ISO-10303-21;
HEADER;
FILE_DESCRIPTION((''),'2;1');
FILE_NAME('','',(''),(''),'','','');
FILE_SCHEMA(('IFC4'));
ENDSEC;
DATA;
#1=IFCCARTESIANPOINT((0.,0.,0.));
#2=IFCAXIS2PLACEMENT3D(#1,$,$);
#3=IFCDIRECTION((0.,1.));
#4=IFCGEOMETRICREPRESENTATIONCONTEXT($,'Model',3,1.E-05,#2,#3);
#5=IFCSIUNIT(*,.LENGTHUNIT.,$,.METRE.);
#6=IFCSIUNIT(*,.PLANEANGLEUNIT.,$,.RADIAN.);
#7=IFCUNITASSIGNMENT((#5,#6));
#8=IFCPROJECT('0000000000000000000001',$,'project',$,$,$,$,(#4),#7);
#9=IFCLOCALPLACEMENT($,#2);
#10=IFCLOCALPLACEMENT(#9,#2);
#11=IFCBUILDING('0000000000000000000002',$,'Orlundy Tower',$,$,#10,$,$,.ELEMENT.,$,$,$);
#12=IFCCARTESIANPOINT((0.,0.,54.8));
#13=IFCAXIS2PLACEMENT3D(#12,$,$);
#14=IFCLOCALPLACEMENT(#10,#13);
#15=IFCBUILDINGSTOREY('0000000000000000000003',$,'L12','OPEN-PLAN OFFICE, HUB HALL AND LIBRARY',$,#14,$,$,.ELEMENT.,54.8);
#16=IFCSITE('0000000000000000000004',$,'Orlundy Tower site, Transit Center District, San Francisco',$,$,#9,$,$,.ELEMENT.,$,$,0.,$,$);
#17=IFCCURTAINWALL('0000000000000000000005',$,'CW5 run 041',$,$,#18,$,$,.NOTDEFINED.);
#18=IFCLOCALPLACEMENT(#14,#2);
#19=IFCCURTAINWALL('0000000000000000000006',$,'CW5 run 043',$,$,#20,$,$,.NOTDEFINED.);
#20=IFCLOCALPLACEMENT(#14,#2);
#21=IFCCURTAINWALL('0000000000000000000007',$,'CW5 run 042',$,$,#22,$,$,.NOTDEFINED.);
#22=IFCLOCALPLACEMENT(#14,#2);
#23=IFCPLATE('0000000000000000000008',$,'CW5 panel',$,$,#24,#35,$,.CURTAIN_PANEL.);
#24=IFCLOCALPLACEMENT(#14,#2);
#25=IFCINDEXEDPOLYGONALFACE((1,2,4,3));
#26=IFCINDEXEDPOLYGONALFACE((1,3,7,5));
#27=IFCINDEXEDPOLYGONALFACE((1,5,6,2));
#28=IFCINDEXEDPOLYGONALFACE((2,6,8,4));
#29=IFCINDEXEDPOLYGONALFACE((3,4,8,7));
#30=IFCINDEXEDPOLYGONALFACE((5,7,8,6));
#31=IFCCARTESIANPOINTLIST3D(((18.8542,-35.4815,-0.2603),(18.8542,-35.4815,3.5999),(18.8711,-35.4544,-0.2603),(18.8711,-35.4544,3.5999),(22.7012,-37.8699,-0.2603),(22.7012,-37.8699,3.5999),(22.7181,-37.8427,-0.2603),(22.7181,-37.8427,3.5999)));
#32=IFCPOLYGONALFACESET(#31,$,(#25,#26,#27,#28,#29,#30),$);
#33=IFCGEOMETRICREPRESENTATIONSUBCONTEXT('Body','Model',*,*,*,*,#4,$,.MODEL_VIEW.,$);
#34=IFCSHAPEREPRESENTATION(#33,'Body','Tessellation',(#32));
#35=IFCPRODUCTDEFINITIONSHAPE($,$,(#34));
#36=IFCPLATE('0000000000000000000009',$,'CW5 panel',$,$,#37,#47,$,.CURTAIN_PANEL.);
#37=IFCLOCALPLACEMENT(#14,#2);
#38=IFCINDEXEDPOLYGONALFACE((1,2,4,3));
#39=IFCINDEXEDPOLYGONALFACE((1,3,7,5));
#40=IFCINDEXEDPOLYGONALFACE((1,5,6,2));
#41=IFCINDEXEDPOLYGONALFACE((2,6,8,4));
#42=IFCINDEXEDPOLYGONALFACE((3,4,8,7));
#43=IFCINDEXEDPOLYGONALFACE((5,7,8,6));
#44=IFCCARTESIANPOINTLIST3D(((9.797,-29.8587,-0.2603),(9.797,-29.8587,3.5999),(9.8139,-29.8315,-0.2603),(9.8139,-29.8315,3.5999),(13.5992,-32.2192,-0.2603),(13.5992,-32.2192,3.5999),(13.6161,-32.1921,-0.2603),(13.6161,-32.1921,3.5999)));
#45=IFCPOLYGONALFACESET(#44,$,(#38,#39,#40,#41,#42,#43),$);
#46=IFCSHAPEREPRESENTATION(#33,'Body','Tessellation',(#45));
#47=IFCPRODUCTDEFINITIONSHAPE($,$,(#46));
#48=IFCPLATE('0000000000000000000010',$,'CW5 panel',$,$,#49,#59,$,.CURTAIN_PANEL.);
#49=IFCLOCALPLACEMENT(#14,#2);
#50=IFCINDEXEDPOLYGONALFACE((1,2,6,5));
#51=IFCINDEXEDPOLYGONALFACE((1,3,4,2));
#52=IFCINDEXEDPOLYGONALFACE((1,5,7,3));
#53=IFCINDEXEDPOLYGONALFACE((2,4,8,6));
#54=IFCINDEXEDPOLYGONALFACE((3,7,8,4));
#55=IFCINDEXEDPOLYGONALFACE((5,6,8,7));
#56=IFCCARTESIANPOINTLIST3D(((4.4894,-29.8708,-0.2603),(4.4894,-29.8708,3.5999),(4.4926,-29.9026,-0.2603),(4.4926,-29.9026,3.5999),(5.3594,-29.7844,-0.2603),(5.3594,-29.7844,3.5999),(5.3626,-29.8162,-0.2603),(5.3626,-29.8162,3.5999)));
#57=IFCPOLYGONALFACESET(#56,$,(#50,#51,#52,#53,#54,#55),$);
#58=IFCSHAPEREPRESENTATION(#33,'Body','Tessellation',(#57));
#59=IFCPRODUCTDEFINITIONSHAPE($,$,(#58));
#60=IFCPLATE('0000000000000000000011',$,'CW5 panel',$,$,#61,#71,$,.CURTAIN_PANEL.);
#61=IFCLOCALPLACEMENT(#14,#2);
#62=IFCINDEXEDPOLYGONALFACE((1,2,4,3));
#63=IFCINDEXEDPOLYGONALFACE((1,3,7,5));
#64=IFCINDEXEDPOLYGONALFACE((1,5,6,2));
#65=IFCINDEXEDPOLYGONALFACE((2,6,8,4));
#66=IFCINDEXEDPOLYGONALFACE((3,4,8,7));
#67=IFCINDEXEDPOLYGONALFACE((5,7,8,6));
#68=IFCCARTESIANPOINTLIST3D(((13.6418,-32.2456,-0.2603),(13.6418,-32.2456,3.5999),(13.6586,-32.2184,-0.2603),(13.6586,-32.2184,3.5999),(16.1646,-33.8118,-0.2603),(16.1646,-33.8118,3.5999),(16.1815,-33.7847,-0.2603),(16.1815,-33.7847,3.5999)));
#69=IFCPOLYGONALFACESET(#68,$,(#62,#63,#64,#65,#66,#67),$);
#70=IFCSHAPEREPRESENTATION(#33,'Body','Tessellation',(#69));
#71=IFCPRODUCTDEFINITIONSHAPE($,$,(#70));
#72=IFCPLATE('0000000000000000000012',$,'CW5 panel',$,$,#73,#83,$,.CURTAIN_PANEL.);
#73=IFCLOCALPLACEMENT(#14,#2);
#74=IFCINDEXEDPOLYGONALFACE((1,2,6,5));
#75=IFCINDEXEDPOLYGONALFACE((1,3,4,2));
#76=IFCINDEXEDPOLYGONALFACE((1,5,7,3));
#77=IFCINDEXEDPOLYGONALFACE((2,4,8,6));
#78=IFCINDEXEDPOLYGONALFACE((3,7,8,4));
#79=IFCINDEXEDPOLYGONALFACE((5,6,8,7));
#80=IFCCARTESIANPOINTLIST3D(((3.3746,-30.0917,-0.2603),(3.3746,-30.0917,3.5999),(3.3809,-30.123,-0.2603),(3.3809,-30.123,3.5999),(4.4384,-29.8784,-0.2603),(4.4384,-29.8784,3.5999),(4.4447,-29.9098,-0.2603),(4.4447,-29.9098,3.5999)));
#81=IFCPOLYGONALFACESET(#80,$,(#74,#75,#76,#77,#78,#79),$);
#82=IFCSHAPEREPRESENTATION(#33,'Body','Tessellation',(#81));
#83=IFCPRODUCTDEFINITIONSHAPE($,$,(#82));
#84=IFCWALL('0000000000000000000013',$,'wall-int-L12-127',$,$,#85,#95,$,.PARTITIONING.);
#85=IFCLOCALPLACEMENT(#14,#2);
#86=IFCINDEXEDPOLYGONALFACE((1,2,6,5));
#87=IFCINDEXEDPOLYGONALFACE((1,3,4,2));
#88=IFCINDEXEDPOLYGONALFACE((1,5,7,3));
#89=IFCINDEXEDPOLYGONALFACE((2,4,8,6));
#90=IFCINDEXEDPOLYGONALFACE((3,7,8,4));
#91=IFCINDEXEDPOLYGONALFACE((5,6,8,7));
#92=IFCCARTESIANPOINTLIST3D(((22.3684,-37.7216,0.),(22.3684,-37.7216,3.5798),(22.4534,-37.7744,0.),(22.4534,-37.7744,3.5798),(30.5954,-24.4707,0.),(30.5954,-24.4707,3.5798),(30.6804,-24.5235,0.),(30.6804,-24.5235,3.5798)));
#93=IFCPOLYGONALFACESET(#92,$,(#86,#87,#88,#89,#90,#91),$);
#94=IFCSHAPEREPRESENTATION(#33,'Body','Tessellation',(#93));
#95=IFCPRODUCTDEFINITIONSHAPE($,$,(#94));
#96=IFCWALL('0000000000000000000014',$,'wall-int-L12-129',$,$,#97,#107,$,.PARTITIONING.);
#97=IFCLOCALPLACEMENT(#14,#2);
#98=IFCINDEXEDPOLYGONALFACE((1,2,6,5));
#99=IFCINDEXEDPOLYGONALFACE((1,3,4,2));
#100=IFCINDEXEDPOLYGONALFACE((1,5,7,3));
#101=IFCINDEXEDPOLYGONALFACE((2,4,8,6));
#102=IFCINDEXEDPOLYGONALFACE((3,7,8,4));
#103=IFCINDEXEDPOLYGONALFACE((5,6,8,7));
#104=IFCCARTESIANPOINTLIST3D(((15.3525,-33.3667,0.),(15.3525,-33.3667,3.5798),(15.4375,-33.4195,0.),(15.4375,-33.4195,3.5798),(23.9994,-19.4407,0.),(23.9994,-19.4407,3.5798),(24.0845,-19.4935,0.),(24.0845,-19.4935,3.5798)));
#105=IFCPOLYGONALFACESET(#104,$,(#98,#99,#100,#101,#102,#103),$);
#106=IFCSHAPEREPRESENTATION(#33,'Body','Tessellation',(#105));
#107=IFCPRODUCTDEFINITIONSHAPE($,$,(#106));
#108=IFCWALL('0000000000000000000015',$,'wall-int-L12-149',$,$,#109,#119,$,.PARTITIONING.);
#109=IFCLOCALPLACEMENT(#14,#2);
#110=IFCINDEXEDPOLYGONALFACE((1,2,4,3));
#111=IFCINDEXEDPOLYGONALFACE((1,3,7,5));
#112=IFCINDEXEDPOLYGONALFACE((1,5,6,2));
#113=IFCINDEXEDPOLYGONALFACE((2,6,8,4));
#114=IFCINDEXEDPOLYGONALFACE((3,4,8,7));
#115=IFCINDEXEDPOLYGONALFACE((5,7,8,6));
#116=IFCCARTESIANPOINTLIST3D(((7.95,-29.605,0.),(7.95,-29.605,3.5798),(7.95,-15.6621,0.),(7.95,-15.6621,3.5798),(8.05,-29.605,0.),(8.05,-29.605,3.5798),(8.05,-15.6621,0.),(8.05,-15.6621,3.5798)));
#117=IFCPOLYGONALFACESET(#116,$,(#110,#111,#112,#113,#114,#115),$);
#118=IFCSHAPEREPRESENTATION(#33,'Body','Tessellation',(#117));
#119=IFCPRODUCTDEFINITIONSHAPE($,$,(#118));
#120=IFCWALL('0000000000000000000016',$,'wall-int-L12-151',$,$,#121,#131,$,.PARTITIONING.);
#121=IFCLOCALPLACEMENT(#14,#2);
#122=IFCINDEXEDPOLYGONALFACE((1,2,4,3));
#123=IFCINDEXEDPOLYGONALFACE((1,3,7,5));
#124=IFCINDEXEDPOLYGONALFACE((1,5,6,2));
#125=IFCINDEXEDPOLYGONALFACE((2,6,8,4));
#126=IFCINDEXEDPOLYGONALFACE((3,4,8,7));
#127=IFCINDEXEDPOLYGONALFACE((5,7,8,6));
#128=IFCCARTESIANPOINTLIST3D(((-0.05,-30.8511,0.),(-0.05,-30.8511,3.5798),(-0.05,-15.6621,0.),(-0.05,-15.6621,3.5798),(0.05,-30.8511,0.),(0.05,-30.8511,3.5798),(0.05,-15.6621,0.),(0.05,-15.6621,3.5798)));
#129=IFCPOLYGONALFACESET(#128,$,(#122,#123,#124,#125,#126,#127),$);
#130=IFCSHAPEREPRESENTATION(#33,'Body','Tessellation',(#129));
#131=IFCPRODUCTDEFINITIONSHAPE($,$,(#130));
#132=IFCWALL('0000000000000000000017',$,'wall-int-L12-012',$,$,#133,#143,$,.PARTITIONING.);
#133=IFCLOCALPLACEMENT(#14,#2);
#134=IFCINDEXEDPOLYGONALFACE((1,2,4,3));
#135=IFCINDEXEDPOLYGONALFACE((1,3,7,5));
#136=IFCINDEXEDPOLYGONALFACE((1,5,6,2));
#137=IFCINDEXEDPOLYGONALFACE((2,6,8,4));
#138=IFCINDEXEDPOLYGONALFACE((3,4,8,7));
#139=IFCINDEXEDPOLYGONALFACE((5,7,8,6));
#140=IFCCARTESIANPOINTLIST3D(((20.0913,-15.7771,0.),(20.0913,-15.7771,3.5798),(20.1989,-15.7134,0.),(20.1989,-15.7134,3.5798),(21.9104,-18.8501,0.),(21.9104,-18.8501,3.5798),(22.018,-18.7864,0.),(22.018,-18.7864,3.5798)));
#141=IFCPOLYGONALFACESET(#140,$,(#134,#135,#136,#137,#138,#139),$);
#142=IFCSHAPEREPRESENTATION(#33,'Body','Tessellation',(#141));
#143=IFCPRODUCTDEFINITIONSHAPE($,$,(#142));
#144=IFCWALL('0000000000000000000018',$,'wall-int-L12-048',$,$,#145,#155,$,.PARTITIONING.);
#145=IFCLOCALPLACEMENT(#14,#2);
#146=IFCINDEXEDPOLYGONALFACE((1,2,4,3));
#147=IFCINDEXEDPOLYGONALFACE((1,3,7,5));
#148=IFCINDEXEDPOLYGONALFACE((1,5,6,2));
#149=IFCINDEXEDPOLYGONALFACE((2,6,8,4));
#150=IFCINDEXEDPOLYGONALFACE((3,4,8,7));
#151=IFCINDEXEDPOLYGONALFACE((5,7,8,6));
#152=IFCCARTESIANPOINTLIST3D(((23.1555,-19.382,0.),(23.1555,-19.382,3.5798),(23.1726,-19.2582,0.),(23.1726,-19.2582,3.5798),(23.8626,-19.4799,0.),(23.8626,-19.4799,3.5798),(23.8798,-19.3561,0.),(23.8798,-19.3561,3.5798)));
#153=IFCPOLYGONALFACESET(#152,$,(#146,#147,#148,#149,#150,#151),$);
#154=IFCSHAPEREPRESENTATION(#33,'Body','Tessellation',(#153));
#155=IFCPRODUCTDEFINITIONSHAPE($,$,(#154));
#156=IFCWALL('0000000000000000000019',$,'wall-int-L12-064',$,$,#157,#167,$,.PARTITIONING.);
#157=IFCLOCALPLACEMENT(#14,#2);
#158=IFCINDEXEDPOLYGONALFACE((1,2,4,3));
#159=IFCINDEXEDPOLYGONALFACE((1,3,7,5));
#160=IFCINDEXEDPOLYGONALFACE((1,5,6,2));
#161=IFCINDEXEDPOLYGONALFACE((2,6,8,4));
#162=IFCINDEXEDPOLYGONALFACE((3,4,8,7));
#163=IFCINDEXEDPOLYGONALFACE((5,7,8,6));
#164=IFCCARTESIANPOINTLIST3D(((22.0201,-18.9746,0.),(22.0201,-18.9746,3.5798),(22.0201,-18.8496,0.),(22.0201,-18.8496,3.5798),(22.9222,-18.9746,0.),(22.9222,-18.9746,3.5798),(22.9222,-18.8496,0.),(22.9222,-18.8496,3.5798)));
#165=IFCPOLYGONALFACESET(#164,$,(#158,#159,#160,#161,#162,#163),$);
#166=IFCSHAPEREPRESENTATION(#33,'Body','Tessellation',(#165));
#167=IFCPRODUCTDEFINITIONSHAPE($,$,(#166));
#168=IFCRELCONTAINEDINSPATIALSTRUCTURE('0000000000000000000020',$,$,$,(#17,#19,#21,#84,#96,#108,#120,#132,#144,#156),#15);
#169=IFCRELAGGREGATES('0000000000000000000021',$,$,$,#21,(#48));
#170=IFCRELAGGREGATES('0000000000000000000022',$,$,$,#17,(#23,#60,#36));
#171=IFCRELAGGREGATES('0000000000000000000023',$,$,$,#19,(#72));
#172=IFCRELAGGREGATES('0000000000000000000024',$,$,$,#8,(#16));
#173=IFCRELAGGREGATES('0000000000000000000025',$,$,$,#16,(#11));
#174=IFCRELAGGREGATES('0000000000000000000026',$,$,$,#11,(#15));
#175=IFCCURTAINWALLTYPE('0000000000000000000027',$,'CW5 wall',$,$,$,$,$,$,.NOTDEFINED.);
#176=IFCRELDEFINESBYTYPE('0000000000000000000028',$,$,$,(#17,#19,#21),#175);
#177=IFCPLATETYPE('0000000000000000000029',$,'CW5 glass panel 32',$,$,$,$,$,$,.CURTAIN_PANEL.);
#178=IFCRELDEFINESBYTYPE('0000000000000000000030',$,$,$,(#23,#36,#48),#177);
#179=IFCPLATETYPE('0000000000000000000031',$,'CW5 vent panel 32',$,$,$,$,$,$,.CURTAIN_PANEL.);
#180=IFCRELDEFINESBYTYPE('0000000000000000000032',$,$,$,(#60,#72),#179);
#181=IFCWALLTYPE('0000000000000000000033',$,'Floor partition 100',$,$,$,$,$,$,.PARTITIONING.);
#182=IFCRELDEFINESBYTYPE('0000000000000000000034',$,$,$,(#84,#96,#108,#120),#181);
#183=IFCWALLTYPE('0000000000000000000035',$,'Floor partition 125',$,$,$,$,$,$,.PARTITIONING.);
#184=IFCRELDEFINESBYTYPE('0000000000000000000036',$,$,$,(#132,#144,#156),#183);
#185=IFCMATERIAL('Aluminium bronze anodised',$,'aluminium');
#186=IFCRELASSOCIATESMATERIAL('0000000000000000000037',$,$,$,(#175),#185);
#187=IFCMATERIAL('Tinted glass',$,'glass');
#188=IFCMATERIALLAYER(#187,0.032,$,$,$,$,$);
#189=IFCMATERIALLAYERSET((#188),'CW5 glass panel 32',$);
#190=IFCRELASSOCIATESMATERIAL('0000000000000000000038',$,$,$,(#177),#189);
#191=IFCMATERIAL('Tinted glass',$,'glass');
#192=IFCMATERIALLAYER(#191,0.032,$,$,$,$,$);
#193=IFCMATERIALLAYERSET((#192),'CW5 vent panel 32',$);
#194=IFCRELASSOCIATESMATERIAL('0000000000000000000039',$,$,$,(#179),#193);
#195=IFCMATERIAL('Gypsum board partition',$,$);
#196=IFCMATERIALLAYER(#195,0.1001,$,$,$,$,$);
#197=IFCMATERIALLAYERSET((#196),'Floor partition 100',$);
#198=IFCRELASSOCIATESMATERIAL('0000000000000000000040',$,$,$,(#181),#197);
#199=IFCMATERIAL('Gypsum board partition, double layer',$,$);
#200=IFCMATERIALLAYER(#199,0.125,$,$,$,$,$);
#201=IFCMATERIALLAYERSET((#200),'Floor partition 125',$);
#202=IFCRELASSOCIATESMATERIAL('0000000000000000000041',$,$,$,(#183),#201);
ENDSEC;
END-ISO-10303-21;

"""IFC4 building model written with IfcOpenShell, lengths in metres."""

from ifc_helpers import new_model, si_unit, direction, frame, frame_2d, origin, origin_2d, place, context, subcontext, project, spatial, rectangle, extrude, material, layer, layer_set, type_object, element, aggregate, save


model = new_model("IFC4")

# Units and contexts
model_context = context("Model", 3, precision=1e-05, world=origin(), true_north=direction((0.0, 1.0)))
body_context = subcontext(model_context, "Body", "Model", "MODEL_VIEW")
ifc_project = project(units=[si_unit("LENGTHUNIT", "METRE"), si_unit("PLANEANGLEUNIT", "RADIAN")], contexts=[model_context])

# Site, building, storey
site_placement = place(None, origin())
site = spatial("IfcSite", under=ifc_project, at=site_placement, Name="Orlundy Tower site, Transit Center District, San Francisco", CompositionType="ELEMENT", RefElevation=0.0)
building_placement = place(site_placement, origin())
building = spatial("IfcBuilding", under=site, at=building_placement, Name="Orlundy Tower", CompositionType="ELEMENT")
storey_placement = place(building_placement, frame((0.0, 0.0, 54.8)))
storey = spatial("IfcBuildingStorey", under=building, at=storey_placement, Name="L12", Description="OPEN-PLAN OFFICE, HUB HALL AND LIBRARY", CompositionType="ELEMENT", Elevation=54.8)

# Curtain wall
ifc_material_1 = material(Name="Aluminium bronze anodised", Category="aluminium")
curtain_wall_type = type_object("IfcCurtainWallType", Name="CW5 wall", PredefinedType="NOTDEFINED", material=ifc_material_1)
curtain_wall_1_placement = place(storey_placement, origin())
curtain_wall_1 = element("IfcCurtainWall", 1, at=curtain_wall_1_placement, inside=storey, type_object=curtain_wall_type, Name="CW5 run 041", PredefinedType="NOTDEFINED")

# Curtain wall
curtain_wall_2_placement = place(storey_placement, origin())
curtain_wall_2 = element("IfcCurtainWall", 2, at=curtain_wall_2_placement, inside=storey, type_object=curtain_wall_type, Name="CW5 run 043", PredefinedType="NOTDEFINED")

# Curtain wall
curtain_wall_3_placement = place(storey_placement, origin())
curtain_wall_3 = element("IfcCurtainWall", 3, at=curtain_wall_3_placement, inside=storey, type_object=curtain_wall_type, Name="CW5 run 042", PredefinedType="NOTDEFINED")

# Plates
ifc_material_2 = material(Name="Tinted glass", Category="glass")
ifc_layer_1 = layer(ifc_material_2, 0.032)
ifc_layer_set_1 = layer_set([ifc_layer_1], Name="CW5 glass panel 32")
plate_type_1 = type_object("IfcPlateType", Name="CW5 glass panel 32", PredefinedType="CURTAIN_PANEL", material=ifc_layer_set_1)
plate_1_placement = place(storey_placement, frame((20.7861, -36.6621, -0.2603), z_axis=(0.0, 0.0, 1.0), x_axis=(-0.849587, 0.527449, 0.0)))
plate_1 = element("IfcPlate", 4, at=plate_1_placement, type_object=plate_type_1, Name="CW5 panel", PredefinedType="CURTAIN_PANEL", context=body_context, shape_type="SweptSolid", body=[
    extrude(rectangle(XDim=4.5281, YDim=0.032, at=origin_2d()), origin(), (0.0, 0.0, 1.0), 3.8601),
])
plate_2_placement = place(storey_placement, frame((11.7065, -31.0254, -0.2603), z_axis=(0.0, 0.0, 1.0), x_axis=(-0.849587, 0.527449, 0.0)))
plate_2 = element("IfcPlate", 5, at=plate_2_placement, type_object=plate_type_1, Name="CW5 panel", PredefinedType="CURTAIN_PANEL", context=body_context, shape_type="SweptSolid", body=[
    extrude(rectangle(XDim=4.4753, YDim=0.032, at=origin_2d()), origin(), (0.0, 0.0, 1.0), 3.8601),
])
plate_3_placement = place(storey_placement, frame((4.926, -29.8435, -0.2603), z_axis=(0.0, 0.0, 1.0), x_axis=(-0.995112, -0.098755, 0.0)))
plate_3 = element("IfcPlate", 6, at=plate_3_placement, type_object=plate_type_1, Name="CW5 panel", PredefinedType="CURTAIN_PANEL", context=body_context, shape_type="SweptSolid", body=[
    extrude(rectangle(XDim=0.8743, YDim=0.032, at=origin_2d()), origin(), (0.0, 0.0, 1.0), 3.8601),
])
aggregate(curtain_wall_3, [plate_3])
ifc_material_3 = material(Name="Tinted glass", Category="glass")
ifc_layer_2 = layer(ifc_material_3, 0.032)
ifc_layer_set_2 = layer_set([ifc_layer_2], Name="CW5 vent panel 32")
plate_type_2 = type_object("IfcPlateType", Name="CW5 vent panel 32", PredefinedType="CURTAIN_PANEL", material=ifc_layer_set_2)
plate_4_placement = place(storey_placement, frame((14.9116, -33.0151, -0.2603), z_axis=(0.0, 0.0, 1.0), x_axis=(-0.849587, 0.527449, 0.0)))
plate_4 = element("IfcPlate", 7, at=plate_4_placement, type_object=plate_type_2, Name="CW5 panel", PredefinedType="CURTAIN_PANEL", context=body_context, shape_type="SweptSolid", body=[
    extrude(rectangle(XDim=2.9695, YDim=0.032, at=origin_2d()), origin(), (0.0, 0.0, 1.0), 3.8601),
])
aggregate(curtain_wall_1, [plate_1, plate_4, plate_2])
plate_5_placement = place(storey_placement, frame((3.9097, -30.0007, -0.2603), z_axis=(0.0, 0.0, 1.0), x_axis=(-0.9805, -0.19652, 0.0)))
plate_5 = element("IfcPlate", 8, at=plate_5_placement, type_object=plate_type_2, Name="CW5 panel", PredefinedType="CURTAIN_PANEL", context=body_context, shape_type="SweptSolid", body=[
    extrude(rectangle(XDim=1.085, YDim=0.032, at=origin_2d()), origin(), (0.0, 0.0, 1.0), 3.8601),
])
aggregate(curtain_wall_2, [plate_5])

# Walls
ifc_material_4 = material(Name="Gypsum board partition")
ifc_layer_3 = layer(ifc_material_4, 0.1001)
ifc_layer_set_3 = layer_set([ifc_layer_3], Name="Floor partition 100")
wall_type_1 = type_object("IfcWallType", Name="Floor partition 100", PredefinedType="PARTITIONING", material=ifc_layer_set_3)
wall_1_placement = place(storey_placement, frame((22.4109, -37.748, 0.0), z_axis=(0.0, 0.0, 1.0), x_axis=(0.52747, 0.849574, 0.0)))
element("IfcWall", 9, at=wall_1_placement, inside=storey, type_object=wall_type_1, Name="wall-int-L12-127", PredefinedType="PARTITIONING", context=body_context, shape_type="SweptSolid", body=[
    extrude(rectangle(XDim=15.5972, YDim=0.1001, at=frame_2d((7.7986, 0.0))), origin(), (0.0, 0.0, 1.0), 3.5798),
])
wall_2_placement = place(storey_placement, frame((15.395, -33.3931, 0.0), z_axis=(0.0, 0.0, 1.0), x_axis=(0.527505, 0.849552, 0.0)))
element("IfcWall", 10, at=wall_2_placement, inside=storey, type_object=wall_type_1, Name="wall-int-L12-129", PredefinedType="PARTITIONING", context=body_context, shape_type="SweptSolid", body=[
    extrude(rectangle(XDim=16.3921, YDim=0.1001, at=frame_2d((8.196, 0.0))), origin(), (0.0, 0.0, 1.0), 3.5798),
])
wall_3_placement = place(storey_placement, frame((8.0, -29.605, 0.0), z_axis=(0.0, 0.0, 1.0), x_axis=(0.0, 1.0, 0.0)))
element("IfcWall", 11, at=wall_3_placement, inside=storey, type_object=wall_type_1, Name="wall-int-L12-149", PredefinedType="PARTITIONING", context=body_context, shape_type="SweptSolid", body=[
    extrude(rectangle(XDim=13.9429, YDim=0.1001, at=frame_2d((6.9714, 0.0))), origin(), (0.0, 0.0, 1.0), 3.5798),
])
wall_4_placement = place(storey_placement, frame((0.0, -30.8511, 0.0), z_axis=(0.0, 0.0, 1.0), x_axis=(0.0, 1.0, 0.0)))
element("IfcWall", 12, at=wall_4_placement, inside=storey, type_object=wall_type_1, Name="wall-int-L12-151", PredefinedType="PARTITIONING", context=body_context, shape_type="SweptSolid", body=[
    extrude(rectangle(XDim=15.189, YDim=0.1001, at=frame_2d((7.5945, 0.0))), origin(), (0.0, 0.0, 1.0), 3.5798),
])
ifc_material_5 = material(Name="Gypsum board partition, double layer")
ifc_layer_4 = layer(ifc_material_5, 0.125)
ifc_layer_set_4 = layer_set([ifc_layer_4], Name="Floor partition 125")
wall_type_2 = type_object("IfcWallType", Name="Floor partition 125", PredefinedType="PARTITIONING", material=ifc_layer_set_4)
wall_5_placement = place(storey_placement, frame((20.145, -15.7451, 0.0), z_axis=(0.0, 0.0, 1.0), x_axis=(0.509399, -0.86053, 0.0)))
element("IfcWall", 13, at=wall_5_placement, inside=storey, type_object=wall_type_2, Name="wall-int-L12-012", PredefinedType="PARTITIONING", context=body_context, shape_type="SweptSolid", body=[
    extrude(rectangle(XDim=3.571, YDim=0.125, at=frame_2d((1.7856, 0.0))), origin(), (0.0, 0.0, 1.0), 3.5798),
])
wall_6_placement = place(storey_placement, frame((23.1641, -19.3201, 0.0), z_axis=(0.0, 0.0, 1.0), x_axis=(0.990549, -0.137158, 0.0)))
element("IfcWall", 14, at=wall_6_placement, inside=storey, type_object=wall_type_2, Name="wall-int-L12-048", PredefinedType="PARTITIONING", context=body_context, shape_type="SweptSolid", body=[
    extrude(rectangle(XDim=0.7139, YDim=0.125, at=frame_2d((0.3569, 0.0))), origin(), (0.0, 0.0, 1.0), 3.5798),
])
wall_7_placement = place(storey_placement, frame((22.02, -18.9121, 0.0), z_axis=(0.0, 0.0, 1.0), x_axis=(1.0, 0.0, 0.0)))
element("IfcWall", 15, at=wall_7_placement, inside=storey, type_object=wall_type_2, Name="wall-int-L12-064", PredefinedType="PARTITIONING", context=body_context, shape_type="SweptSolid", body=[
    extrude(rectangle(XDim=0.9021, YDim=0.125, at=frame_2d((0.4512, 0.0))), origin(), (0.0, 0.0, 1.0), 3.5798),
])

save(model, "model.ifc")
